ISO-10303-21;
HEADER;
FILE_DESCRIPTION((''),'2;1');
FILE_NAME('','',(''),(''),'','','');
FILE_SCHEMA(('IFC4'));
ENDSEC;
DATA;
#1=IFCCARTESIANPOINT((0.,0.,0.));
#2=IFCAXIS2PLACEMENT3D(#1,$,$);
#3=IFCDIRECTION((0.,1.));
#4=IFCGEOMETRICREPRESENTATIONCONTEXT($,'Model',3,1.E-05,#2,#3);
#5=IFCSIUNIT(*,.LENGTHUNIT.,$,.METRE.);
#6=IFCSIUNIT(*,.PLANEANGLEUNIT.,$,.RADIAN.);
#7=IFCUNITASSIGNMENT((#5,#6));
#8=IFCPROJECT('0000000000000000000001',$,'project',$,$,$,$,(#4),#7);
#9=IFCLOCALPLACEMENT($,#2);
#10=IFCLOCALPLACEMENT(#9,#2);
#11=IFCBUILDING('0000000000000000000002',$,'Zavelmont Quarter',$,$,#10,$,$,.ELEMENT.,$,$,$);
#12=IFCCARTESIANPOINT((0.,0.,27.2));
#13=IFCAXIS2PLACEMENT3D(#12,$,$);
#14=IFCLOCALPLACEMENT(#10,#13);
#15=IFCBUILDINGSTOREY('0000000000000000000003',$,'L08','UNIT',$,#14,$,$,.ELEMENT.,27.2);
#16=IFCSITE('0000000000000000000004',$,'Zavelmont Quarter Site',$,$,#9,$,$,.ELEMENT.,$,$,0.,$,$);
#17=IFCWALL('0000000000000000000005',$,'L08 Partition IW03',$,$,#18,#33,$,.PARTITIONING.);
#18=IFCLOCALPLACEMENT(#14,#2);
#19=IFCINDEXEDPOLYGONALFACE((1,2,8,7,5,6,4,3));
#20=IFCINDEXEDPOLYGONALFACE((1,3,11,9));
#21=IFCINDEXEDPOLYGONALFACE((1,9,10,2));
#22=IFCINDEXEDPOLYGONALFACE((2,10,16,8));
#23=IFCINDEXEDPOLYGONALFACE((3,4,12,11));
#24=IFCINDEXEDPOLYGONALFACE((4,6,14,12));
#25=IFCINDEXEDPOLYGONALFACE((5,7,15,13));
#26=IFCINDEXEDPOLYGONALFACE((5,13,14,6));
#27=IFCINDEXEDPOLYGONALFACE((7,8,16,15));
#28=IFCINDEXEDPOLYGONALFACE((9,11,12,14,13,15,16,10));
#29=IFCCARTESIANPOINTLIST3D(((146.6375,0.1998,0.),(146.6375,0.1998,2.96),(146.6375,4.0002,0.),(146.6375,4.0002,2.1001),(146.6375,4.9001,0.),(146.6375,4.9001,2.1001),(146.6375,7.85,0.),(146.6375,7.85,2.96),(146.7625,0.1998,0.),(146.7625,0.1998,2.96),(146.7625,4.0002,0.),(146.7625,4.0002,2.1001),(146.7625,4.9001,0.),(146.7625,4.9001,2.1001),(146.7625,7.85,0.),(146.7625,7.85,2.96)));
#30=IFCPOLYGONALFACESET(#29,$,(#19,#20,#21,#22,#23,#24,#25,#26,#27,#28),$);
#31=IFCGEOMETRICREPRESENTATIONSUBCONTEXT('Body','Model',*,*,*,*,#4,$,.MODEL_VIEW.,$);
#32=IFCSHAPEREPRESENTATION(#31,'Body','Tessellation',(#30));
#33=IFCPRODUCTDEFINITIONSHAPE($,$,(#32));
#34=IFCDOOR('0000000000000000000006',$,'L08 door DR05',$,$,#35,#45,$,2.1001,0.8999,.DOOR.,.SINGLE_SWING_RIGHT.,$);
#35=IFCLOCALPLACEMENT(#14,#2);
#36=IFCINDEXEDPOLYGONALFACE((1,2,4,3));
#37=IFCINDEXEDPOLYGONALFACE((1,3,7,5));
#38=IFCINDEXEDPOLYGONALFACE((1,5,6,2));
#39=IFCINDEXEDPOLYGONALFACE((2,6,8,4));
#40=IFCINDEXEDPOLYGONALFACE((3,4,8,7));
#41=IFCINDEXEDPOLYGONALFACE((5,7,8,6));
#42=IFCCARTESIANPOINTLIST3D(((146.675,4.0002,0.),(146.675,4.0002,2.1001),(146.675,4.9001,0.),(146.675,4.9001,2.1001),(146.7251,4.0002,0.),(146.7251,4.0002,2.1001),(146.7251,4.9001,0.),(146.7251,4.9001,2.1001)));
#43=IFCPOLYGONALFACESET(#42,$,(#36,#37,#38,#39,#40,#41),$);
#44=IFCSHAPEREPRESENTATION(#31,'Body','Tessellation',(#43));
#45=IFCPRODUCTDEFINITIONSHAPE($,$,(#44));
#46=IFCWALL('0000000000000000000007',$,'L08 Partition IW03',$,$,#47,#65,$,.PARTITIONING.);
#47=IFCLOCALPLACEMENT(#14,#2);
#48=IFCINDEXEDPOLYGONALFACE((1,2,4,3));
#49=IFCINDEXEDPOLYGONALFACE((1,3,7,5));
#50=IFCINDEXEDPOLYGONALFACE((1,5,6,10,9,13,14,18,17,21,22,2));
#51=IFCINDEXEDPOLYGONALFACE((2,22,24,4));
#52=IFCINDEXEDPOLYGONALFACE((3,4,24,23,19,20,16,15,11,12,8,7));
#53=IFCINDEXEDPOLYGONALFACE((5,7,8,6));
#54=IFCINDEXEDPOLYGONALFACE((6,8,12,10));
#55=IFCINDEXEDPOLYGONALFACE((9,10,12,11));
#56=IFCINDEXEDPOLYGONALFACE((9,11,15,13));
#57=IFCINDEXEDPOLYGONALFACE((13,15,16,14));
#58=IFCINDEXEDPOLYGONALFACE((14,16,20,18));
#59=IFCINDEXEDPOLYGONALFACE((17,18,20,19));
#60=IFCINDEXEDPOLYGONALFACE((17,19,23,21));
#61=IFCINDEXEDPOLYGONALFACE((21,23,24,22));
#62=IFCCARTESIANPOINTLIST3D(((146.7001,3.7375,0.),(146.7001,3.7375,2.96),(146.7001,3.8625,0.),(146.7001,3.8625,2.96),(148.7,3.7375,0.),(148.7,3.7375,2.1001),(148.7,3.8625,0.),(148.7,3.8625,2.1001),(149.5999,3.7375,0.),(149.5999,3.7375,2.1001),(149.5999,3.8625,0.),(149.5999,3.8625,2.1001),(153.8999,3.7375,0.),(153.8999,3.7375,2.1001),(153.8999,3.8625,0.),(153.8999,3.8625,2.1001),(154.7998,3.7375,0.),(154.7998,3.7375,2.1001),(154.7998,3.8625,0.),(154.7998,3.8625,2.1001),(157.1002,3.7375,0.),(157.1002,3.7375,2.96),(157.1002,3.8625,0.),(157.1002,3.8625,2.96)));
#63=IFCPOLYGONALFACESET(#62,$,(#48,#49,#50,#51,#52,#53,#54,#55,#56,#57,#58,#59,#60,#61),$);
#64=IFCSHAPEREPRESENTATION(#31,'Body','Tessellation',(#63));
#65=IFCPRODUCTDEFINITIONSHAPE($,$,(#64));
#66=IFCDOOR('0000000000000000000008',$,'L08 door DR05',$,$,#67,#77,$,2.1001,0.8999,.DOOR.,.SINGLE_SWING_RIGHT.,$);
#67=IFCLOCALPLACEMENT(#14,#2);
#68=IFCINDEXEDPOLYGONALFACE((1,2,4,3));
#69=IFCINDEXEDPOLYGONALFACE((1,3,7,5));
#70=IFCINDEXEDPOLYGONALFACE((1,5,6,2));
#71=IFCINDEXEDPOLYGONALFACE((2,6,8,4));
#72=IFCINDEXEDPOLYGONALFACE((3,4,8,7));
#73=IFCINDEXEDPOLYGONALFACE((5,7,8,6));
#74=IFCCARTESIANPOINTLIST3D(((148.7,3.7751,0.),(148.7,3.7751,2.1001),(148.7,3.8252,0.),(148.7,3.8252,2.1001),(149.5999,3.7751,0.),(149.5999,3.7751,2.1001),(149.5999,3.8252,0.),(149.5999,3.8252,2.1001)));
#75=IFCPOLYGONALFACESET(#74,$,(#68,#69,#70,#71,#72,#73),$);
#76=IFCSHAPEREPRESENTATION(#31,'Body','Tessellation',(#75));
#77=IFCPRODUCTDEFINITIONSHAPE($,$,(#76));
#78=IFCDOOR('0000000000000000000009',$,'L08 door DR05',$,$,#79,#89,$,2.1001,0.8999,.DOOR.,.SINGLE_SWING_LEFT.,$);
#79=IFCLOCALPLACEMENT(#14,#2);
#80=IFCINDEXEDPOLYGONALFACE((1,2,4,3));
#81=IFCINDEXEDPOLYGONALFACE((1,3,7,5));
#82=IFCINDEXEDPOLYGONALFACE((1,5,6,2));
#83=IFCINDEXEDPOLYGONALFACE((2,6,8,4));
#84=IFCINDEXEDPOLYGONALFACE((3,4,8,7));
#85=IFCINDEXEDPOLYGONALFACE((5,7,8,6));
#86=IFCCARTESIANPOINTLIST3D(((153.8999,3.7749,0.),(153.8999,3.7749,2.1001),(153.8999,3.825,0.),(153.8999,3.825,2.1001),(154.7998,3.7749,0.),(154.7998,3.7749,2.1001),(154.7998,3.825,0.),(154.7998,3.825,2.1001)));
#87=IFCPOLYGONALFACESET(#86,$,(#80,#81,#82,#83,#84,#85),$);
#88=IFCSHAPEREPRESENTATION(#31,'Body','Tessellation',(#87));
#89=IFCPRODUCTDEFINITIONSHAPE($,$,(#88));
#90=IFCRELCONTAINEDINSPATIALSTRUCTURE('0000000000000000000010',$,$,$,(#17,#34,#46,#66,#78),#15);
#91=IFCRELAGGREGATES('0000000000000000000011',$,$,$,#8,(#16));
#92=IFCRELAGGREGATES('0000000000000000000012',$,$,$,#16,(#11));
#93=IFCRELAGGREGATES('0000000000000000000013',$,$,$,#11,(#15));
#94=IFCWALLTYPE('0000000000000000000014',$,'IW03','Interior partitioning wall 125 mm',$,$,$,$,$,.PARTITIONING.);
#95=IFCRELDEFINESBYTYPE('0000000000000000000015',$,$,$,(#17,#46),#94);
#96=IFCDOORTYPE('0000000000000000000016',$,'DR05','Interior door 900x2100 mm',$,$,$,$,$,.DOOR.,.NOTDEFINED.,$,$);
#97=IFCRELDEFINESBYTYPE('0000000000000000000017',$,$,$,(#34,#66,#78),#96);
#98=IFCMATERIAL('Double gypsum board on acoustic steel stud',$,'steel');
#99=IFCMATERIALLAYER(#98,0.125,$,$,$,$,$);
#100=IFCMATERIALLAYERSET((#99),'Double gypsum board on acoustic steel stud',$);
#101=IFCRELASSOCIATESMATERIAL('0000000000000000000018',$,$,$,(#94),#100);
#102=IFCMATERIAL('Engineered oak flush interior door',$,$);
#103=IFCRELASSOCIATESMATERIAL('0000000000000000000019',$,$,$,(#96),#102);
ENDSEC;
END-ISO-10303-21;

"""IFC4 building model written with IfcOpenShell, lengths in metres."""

from ifc_helpers import new_model, si_unit, direction, frame, frame_2d, origin, origin_with_axes, place, context, subcontext, project, spatial, rectangle, extrude, material, layer, layer_set, type_object, element, fill, save


model = new_model("IFC4")

# Units and contexts
model_context = context("Model", 3, precision=1e-05, world=origin(), true_north=direction((0.0, 1.0)))
body_context = subcontext(model_context, "Body", "Model", "MODEL_VIEW")
ifc_project = project(units=[si_unit("LENGTHUNIT", "METRE"), si_unit("PLANEANGLEUNIT", "RADIAN")], contexts=[model_context])

# Site, building, storey
site_placement = place(None, origin())
site = spatial("IfcSite", under=ifc_project, at=site_placement, Name="Zavelmont Quarter Site", CompositionType="ELEMENT", RefElevation=0.0)
building_placement = place(site_placement, origin())
building = spatial("IfcBuilding", under=site, at=building_placement, Name="Zavelmont Quarter", CompositionType="ELEMENT")
storey_placement = place(building_placement, frame((0.0, 0.0, 27.2)))
storey = spatial("IfcBuildingStorey", under=building, at=storey_placement, Name="L08", Description="UNIT", CompositionType="ELEMENT", Elevation=27.2)

# Wall, opening, door
ifc_material_1 = material(Name="Double gypsum board on acoustic steel stud", Category="steel")
ifc_layer_1 = layer(ifc_material_1, 0.125)
ifc_layer_set_1 = layer_set([ifc_layer_1], Name="Double gypsum board on acoustic steel stud")
wall_type_1 = type_object("IfcWallType", Name="IW03", Description="Interior partitioning wall 125 mm", PredefinedType="PARTITIONING", material=ifc_layer_set_1)
wall_1_placement = place(storey_placement, frame((146.7, 7.8501, 0.0), z_axis=(0.0, 0.0, 1.0), x_axis=(0.0, -1.0, 0.0)))
wall_1 = element("IfcWall", 1, at=wall_1_placement, inside=storey, type_object=wall_type_1, Name="L08 Partition IW03", PredefinedType="PARTITIONING", context=body_context, shape_type="SweptSolid", body=[
    extrude(rectangle(XDim=7.6501, YDim=0.125, at=frame_2d((3.8252, 0.0))), origin(), (0.0, 0.0, 1.0), 2.96),
])
opening_1_placement = place(wall_1_placement, frame((2.95, 0.0, 0.0)))
opening_1 = element("IfcOpeningElement", 2, at=opening_1_placement, cuts=wall_1, PredefinedType="OPENING", context=body_context, shape_type="SweptSolid", body=[
    extrude(rectangle(XDim=0.8999, YDim=2.1001, at=frame_2d((0.45, 1.05))), frame((0.0, 0.0745, 0.0), z_axis=(0.0, -1.0, 0.0), x_axis=(1.0, 0.0, 0.0)), (0.0, 0.0, 1.0), 0.1489),
])
ifc_material_2 = material(Name="Engineered oak flush interior door")
door_type_1 = type_object("IfcDoorType", Name="DR05", Description="Interior door 900x2100 mm", OperationType="NOTDEFINED", PredefinedType="DOOR", material=ifc_material_2)
door_1_placement = place(opening_1_placement, frame((0.8999, 0.0, 0.0), z_axis=(0.0, 0.0, 1.0), x_axis=(-1.0, 0.0, 0.0)))
door_1 = element("IfcDoor", 3, at=door_1_placement, inside=storey, type_object=door_type_1, Name="L08 door DR05", OperationType="SINGLE_SWING_RIGHT", OverallHeight=2.1001, OverallWidth=0.8999, PredefinedType="DOOR", context=body_context, shape_type="SweptSolid", body=[
    extrude(rectangle(XDim=0.8999, YDim=2.1001, at=frame_2d((0.45, 1.05))), frame((0.0, 0.0249, 0.0), z_axis=(0.0, -1.0, 0.0), x_axis=(1.0, 0.0, 0.0)), (0.0, 0.0, 1.0), 0.05),
])
fill(opening_1, door_1)

# Wall, openings, doors
wall_2_placement = place(storey_placement, frame((146.7, 3.8, 0.0), z_axis=(0.0, 0.0, 1.0), x_axis=(1.0, 0.0, 0.0)))
wall_2 = element("IfcWall", 4, at=wall_2_placement, inside=storey, type_object=wall_type_1, Name="L08 Partition IW03", PredefinedType="PARTITIONING", context=body_context, shape_type="SweptSolid", body=[
    extrude(rectangle(XDim=10.4001, YDim=0.125, at=frame_2d((5.2002, 0.0))), origin(), (0.0, 0.0, 1.0), 2.96),
])
opening_2_placement = place(wall_2_placement, frame((2.0, 0.0, 0.0)))
opening_2 = element("IfcOpeningElement", 5, at=opening_2_placement, cuts=wall_2, PredefinedType="OPENING", context=body_context, shape_type="SweptSolid", body=[
    extrude(rectangle(XDim=0.8999, YDim=2.1001, at=frame_2d((0.45, 1.05))), frame((0.0, 0.0745, 0.0), z_axis=(0.0, -1.0, 0.0), x_axis=(1.0, 0.0, 0.0)), (0.0, 0.0, 1.0), 0.1489),
])
opening_3_placement = place(wall_2_placement, frame((7.2, 0.0, 0.0)))
opening_3 = element("IfcOpeningElement", 6, at=opening_3_placement, cuts=wall_2, PredefinedType="OPENING", context=body_context, shape_type="SweptSolid", body=[
    extrude(rectangle(XDim=0.8999, YDim=2.1001, at=frame_2d((0.45, 1.05))), frame((0.0, 0.0745, 0.0), z_axis=(0.0, -1.0, 0.0), x_axis=(1.0, 0.0, 0.0)), (0.0, 0.0, 1.0), 0.1489),
])
door_2_placement = place(opening_2_placement, frame((0.8999, 0.0, 0.0), z_axis=(0.0, 0.0, 1.0), x_axis=(-1.0, 0.0, 0.0)))
door_2 = element("IfcDoor", 7, at=door_2_placement, inside=storey, type_object=door_type_1, Name="L08 door DR05", OperationType="SINGLE_SWING_RIGHT", OverallHeight=2.1001, OverallWidth=0.8999, PredefinedType="DOOR", context=body_context, shape_type="SweptSolid", body=[
    extrude(rectangle(XDim=0.8999, YDim=2.1001, at=frame_2d((0.45, 1.05))), frame((0.0, 0.0249, 0.0), z_axis=(0.0, -1.0, 0.0), x_axis=(1.0, 0.0, 0.0)), (0.0, 0.0, 1.0), 0.05),
])
fill(opening_2, door_2)
door_3_placement = place(opening_3_placement, origin_with_axes())
door_3 = element("IfcDoor", 8, at=door_3_placement, inside=storey, type_object=door_type_1, Name="L08 door DR05", OperationType="SINGLE_SWING_LEFT", OverallHeight=2.1001, OverallWidth=0.8999, PredefinedType="DOOR", context=body_context, shape_type="SweptSolid", body=[
    extrude(rectangle(XDim=0.8999, YDim=2.1001, at=frame_2d((0.45, 1.05))), frame((0.0, 0.0249, 0.0), z_axis=(0.0, -1.0, 0.0), x_axis=(1.0, 0.0, 0.0)), (0.0, 0.0, 1.0), 0.05),
])
fill(opening_3, door_3)

save(model, "model.ifc")
